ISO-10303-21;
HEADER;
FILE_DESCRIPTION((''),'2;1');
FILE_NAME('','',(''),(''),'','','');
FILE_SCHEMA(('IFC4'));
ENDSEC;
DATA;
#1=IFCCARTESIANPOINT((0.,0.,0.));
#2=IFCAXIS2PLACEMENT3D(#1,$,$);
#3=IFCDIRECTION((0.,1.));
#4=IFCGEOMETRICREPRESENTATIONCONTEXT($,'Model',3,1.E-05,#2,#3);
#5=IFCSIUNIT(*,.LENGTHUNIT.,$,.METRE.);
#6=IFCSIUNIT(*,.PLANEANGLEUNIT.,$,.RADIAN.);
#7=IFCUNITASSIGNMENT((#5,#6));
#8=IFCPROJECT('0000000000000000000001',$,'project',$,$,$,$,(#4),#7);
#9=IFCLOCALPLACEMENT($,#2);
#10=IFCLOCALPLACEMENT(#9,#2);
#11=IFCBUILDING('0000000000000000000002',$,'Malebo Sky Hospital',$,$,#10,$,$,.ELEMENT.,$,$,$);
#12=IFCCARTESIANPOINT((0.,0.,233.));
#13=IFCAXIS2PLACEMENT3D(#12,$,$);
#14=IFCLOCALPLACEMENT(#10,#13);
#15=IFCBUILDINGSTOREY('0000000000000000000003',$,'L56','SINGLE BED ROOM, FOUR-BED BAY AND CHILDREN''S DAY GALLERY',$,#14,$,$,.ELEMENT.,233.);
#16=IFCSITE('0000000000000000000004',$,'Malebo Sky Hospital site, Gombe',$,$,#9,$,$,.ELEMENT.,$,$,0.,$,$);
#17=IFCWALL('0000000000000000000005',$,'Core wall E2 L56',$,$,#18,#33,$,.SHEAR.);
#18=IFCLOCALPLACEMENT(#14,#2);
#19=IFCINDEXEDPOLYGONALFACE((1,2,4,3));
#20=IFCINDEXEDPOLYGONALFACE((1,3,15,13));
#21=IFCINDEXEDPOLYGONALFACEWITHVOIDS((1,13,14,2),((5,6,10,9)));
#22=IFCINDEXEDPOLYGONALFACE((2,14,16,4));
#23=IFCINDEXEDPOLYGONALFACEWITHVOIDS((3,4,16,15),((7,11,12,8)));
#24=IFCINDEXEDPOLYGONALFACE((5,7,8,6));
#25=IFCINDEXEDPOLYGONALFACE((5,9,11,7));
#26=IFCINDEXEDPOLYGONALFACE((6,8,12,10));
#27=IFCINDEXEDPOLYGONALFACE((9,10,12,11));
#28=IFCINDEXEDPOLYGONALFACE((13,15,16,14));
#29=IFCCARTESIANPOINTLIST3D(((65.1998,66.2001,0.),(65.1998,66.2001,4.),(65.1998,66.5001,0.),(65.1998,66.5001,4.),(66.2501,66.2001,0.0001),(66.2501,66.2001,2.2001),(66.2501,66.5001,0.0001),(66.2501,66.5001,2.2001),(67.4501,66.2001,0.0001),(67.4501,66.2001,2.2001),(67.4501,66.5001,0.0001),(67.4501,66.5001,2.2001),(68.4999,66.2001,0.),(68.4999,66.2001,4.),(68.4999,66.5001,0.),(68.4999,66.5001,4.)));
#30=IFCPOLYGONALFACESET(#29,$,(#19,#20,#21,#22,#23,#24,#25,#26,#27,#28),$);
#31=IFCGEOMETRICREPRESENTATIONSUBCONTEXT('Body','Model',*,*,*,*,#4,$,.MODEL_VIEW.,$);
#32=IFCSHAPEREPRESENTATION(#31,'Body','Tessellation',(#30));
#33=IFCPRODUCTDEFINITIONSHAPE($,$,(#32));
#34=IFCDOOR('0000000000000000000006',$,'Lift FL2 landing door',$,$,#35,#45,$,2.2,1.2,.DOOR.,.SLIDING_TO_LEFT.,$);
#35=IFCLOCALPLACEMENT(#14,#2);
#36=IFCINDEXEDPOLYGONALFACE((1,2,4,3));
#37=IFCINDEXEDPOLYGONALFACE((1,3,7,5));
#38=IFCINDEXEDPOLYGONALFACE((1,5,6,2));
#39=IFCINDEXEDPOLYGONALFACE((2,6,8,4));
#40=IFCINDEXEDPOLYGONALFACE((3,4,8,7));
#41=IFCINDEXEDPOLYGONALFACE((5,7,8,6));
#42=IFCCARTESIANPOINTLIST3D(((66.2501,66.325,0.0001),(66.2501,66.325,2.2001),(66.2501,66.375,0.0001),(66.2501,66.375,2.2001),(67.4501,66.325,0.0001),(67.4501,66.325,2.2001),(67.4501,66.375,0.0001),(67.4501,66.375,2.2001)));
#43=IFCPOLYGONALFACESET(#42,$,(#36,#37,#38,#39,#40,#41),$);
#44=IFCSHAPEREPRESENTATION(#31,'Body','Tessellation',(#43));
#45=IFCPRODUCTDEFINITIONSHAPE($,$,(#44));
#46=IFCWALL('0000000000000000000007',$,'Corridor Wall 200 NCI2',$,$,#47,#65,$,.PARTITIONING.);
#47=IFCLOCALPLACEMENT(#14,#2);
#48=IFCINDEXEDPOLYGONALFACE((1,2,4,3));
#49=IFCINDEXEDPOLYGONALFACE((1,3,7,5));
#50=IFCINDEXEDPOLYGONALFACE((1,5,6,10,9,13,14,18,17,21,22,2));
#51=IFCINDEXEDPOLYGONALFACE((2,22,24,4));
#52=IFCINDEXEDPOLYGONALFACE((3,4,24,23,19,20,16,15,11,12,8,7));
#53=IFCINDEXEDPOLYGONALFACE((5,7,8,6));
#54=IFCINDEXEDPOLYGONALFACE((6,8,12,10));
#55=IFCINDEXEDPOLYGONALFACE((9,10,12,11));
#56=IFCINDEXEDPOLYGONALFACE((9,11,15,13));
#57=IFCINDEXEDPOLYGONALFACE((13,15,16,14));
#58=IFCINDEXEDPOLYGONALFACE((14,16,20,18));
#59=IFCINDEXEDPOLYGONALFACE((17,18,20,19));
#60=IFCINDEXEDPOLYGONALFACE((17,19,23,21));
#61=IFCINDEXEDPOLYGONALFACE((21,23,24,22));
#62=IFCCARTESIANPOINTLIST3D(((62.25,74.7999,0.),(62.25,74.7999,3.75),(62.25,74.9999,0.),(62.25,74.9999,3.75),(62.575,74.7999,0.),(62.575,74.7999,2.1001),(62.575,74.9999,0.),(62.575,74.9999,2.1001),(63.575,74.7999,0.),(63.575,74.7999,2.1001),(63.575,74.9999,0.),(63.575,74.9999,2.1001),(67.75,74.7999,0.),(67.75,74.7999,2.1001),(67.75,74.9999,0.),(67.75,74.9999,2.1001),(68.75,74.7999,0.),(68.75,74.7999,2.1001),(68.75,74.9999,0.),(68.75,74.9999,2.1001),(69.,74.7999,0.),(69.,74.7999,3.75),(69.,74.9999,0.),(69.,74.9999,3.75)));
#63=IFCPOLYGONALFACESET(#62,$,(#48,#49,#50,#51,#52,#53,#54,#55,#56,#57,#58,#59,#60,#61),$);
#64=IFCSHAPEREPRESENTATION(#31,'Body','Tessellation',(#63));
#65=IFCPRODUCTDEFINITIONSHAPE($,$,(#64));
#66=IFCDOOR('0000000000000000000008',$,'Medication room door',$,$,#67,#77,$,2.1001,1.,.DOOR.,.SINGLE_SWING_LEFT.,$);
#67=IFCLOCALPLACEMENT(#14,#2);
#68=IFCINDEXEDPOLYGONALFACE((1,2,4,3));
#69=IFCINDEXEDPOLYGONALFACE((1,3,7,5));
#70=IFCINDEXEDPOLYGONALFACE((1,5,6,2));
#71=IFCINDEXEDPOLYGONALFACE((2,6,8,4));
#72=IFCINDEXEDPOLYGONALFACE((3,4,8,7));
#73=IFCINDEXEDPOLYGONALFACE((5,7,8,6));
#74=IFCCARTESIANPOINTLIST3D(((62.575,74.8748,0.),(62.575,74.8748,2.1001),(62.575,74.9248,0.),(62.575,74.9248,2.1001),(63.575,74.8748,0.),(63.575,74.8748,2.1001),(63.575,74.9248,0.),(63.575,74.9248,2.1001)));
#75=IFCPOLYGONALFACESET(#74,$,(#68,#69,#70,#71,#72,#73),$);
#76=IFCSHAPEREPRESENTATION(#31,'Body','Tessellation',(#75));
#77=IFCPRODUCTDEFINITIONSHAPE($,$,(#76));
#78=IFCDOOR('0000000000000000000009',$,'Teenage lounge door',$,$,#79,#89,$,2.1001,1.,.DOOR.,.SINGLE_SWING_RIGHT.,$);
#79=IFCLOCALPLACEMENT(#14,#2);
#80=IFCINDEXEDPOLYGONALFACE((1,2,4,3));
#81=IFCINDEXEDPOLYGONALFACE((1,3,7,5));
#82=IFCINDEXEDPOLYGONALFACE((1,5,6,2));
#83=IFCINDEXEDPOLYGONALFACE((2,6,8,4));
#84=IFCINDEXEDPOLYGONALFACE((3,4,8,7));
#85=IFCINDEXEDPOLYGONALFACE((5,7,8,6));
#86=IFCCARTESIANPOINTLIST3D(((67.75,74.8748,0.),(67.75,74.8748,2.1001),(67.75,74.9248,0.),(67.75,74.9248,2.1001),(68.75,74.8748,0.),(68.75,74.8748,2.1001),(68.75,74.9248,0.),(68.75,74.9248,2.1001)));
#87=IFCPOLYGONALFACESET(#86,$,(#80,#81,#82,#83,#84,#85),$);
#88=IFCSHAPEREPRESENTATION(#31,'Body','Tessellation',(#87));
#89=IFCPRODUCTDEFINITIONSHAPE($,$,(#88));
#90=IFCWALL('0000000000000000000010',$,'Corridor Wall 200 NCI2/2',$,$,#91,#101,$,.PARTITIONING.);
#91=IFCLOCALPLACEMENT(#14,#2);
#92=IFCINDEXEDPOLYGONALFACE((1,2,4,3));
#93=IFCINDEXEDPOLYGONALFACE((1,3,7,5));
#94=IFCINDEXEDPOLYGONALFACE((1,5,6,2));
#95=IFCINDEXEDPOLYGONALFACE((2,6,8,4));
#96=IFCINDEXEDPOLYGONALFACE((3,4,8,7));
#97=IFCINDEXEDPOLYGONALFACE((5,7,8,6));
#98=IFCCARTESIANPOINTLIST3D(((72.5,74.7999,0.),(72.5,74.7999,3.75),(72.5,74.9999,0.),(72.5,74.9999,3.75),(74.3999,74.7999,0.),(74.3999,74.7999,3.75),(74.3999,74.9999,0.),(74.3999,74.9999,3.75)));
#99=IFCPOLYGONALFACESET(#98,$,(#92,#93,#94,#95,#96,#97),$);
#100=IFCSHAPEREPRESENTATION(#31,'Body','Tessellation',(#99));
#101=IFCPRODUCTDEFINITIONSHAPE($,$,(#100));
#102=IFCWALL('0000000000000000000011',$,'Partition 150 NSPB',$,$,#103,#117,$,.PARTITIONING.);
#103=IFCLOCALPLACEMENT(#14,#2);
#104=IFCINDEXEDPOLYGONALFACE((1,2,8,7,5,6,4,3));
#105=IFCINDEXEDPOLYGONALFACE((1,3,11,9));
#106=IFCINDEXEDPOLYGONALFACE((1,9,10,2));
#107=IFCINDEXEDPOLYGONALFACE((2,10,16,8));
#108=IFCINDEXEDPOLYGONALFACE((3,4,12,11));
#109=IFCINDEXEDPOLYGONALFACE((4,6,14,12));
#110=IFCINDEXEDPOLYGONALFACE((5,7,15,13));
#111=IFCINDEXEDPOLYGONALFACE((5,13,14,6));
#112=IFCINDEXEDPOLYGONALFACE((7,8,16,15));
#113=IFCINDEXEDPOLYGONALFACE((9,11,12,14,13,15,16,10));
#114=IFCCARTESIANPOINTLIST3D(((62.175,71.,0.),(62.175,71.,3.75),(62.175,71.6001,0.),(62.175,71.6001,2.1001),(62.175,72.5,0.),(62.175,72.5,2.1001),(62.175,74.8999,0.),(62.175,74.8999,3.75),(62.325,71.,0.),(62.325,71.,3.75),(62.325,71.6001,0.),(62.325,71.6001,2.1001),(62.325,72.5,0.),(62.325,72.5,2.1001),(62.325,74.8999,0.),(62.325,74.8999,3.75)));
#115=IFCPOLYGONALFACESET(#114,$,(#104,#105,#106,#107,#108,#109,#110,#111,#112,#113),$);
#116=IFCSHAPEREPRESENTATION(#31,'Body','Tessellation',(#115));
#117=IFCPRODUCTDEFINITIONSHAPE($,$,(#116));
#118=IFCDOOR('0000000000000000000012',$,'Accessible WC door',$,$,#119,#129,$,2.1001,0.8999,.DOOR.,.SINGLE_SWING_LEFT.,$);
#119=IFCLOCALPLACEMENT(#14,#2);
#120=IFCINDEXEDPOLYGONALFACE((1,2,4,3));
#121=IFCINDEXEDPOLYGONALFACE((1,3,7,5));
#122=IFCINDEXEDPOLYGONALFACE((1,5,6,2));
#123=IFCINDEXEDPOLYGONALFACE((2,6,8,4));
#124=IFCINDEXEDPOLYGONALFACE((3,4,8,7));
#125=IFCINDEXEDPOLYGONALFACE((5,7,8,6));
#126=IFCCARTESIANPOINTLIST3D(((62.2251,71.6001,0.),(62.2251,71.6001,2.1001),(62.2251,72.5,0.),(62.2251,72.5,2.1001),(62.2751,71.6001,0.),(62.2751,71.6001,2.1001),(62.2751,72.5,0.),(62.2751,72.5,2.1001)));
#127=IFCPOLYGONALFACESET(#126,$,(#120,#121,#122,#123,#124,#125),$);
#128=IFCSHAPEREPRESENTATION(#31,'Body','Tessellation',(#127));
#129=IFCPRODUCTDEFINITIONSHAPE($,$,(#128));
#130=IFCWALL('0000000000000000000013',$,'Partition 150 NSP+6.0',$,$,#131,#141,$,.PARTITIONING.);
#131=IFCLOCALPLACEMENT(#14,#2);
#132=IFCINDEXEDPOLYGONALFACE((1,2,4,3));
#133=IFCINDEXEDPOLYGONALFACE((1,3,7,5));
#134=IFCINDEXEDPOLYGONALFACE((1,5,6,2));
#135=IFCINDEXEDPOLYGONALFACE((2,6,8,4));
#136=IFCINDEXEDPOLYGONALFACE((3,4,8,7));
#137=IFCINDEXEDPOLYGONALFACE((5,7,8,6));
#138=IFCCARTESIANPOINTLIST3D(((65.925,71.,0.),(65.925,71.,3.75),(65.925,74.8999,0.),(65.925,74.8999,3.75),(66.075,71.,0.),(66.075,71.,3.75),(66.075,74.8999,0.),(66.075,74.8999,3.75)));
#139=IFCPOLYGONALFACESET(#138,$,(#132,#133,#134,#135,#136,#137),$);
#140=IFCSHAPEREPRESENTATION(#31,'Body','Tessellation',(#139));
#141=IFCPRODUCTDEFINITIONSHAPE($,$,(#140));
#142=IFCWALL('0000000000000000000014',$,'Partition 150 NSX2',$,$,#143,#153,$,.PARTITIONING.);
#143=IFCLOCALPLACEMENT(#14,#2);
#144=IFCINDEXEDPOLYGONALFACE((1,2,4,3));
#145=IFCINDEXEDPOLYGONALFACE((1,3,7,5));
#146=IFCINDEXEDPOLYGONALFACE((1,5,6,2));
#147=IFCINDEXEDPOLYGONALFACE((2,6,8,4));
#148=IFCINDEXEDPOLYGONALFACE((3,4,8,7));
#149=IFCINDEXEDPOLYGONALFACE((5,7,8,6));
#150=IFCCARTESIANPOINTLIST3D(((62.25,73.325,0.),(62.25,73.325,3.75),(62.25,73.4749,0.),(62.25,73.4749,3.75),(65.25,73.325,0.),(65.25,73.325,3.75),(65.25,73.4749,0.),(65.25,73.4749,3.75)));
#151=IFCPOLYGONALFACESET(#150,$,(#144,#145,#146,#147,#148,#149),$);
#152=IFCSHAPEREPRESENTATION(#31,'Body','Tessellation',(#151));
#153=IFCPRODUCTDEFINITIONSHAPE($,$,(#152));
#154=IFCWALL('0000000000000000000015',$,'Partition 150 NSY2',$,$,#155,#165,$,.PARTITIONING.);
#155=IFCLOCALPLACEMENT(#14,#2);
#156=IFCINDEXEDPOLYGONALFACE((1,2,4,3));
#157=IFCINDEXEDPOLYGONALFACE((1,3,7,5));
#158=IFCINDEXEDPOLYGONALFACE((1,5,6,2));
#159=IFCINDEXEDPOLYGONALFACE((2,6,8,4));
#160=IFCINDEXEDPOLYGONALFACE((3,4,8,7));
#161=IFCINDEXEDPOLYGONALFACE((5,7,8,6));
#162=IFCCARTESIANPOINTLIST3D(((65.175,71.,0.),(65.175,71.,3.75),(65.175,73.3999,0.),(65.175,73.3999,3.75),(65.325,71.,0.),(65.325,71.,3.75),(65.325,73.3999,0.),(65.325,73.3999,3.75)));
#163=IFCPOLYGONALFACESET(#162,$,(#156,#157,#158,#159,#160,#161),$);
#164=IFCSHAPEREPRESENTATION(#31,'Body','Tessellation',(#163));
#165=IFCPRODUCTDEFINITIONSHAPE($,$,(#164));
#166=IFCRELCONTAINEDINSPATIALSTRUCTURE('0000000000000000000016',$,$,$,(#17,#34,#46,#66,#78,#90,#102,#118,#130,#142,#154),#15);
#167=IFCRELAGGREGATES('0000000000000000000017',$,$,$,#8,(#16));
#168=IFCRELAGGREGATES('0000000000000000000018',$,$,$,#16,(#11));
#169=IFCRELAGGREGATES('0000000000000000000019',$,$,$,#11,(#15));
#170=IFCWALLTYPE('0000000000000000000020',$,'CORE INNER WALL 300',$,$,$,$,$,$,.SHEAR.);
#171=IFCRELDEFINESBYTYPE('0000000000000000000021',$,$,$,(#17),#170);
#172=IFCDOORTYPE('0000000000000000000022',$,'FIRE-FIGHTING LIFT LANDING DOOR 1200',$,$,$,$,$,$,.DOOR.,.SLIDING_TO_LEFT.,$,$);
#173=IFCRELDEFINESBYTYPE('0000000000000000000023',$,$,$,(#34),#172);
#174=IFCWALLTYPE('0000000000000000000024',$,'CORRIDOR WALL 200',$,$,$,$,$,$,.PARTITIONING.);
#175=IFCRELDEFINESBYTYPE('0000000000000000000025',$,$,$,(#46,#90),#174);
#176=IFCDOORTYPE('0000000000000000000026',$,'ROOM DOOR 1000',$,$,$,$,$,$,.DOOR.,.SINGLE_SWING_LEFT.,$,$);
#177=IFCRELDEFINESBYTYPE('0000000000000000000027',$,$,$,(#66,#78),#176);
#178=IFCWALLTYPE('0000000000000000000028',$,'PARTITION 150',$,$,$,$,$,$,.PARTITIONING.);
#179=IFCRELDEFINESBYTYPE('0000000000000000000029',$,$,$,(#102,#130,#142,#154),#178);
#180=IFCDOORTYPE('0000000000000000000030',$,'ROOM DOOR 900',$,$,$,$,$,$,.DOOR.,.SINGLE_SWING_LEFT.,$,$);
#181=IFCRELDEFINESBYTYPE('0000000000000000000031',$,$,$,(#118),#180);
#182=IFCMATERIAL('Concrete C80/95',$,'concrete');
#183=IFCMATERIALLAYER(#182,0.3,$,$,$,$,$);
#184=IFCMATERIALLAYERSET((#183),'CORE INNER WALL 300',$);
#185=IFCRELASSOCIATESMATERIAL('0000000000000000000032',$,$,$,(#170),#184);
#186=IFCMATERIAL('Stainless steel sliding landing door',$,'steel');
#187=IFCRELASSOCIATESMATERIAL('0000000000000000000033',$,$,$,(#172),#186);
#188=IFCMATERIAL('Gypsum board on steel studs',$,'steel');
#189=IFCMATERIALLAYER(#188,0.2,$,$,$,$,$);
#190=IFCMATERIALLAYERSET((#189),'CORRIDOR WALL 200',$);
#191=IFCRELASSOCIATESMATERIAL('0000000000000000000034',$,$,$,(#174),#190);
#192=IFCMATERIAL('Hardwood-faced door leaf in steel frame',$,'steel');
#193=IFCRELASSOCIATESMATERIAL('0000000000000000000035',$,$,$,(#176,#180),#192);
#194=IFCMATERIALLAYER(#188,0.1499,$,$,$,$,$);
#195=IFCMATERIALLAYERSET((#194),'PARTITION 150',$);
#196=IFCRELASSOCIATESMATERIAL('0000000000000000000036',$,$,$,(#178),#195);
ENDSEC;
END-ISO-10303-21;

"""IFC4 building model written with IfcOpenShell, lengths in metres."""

from ifc_helpers import new_model, si_unit, direction, frame, frame_2d, origin, place, context, subcontext, project, spatial, rectangle, extrude, material, layer, layer_set, type_object, element, fill, save


model = new_model("IFC4")

# Units and contexts
model_context = context("Model", 3, precision=1e-05, world=origin(), true_north=direction((0.0, 1.0)))
body_context = subcontext(model_context, "Body", "Model", "MODEL_VIEW")
ifc_project = project(units=[si_unit("LENGTHUNIT", "METRE"), si_unit("PLANEANGLEUNIT", "RADIAN")], contexts=[model_context])

# Site, building, storey
site_placement = place(None, origin())
site = spatial("IfcSite", under=ifc_project, at=site_placement, Name="Malebo Sky Hospital site, Gombe", CompositionType="ELEMENT", RefElevation=0.0)
building_placement = place(site_placement, origin())
building = spatial("IfcBuilding", under=site, at=building_placement, Name="Malebo Sky Hospital", CompositionType="ELEMENT")
storey_placement = place(building_placement, frame((0.0, 0.0, 233.0)))
storey = spatial("IfcBuildingStorey", under=building, at=storey_placement, Name="L56", Description="SINGLE BED ROOM, FOUR-BED BAY AND CHILDREN'S DAY GALLERY", CompositionType="ELEMENT", Elevation=233.0)

# Shared definitions
ifc_material_1 = material(Name="Concrete C80/95", Category="concrete")

# Wall, opening, door
ifc_layer_1 = layer(ifc_material_1, 0.3)
ifc_layer_set_1 = layer_set([ifc_layer_1], Name="CORE INNER WALL 300")
wall_type_1 = type_object("IfcWallType", Name="CORE INNER WALL 300", PredefinedType="SHEAR", material=ifc_layer_set_1)
wall_1_placement = place(storey_placement, frame((65.2, 66.3501, 0.0), z_axis=(0.0, 0.0, 1.0), x_axis=(1.0, 0.0, 0.0)))
wall_1 = element("IfcWall", 1, at=wall_1_placement, inside=storey, type_object=wall_type_1, Name="Core wall E2 L56", PredefinedType="SHEAR", context=body_context, shape_type="SweptSolid", body=[
    extrude(rectangle(XDim=3.3, YDim=0.3, at=frame_2d((1.6499, 0.0))), origin(), (0.0, 0.0, 1.0), 4.0),
])
opening_1_placement = place(wall_1_placement, frame((1.05, 0.0, 0.0)))
opening_1 = element("IfcOpeningElement", 2, at=opening_1_placement, cuts=wall_1, PredefinedType="OPENING", context=body_context, shape_type="SweptSolid", body=[
    extrude(rectangle(XDim=1.2, YDim=2.2, at=frame_2d((0.6001, 1.1001))), frame((0.0, 0.1599, 0.0), z_axis=(0.0, -1.0, 0.0), x_axis=(1.0, 0.0, 0.0)), (0.0, 0.0, 1.0), 0.3201),
])
ifc_material_2 = material(Name="Stainless steel sliding landing door", Category="steel")
door_type_1 = type_object("IfcDoorType", Name="FIRE-FIGHTING LIFT LANDING DOOR 1200", OperationType="SLIDING_TO_LEFT", PredefinedType="DOOR", material=ifc_material_2)
door_1_placement = place(opening_1_placement, origin())
door_1 = element("IfcDoor", 3, at=door_1_placement, inside=storey, type_object=door_type_1, Name="Lift FL2 landing door", OperationType="SLIDING_TO_LEFT", OverallHeight=2.2, OverallWidth=1.2, PredefinedType="DOOR", context=body_context, shape_type="SweptSolid", body=[
    extrude(rectangle(XDim=1.2, YDim=2.2, at=frame_2d((0.6001, 1.1001))), frame((0.0, 0.0249, 0.0), z_axis=(0.0, -1.0, 0.0), x_axis=(1.0, 0.0, 0.0)), (0.0, 0.0, 1.0), 0.05),
])
fill(opening_1, door_1)

# Wall, openings, doors
ifc_material_3 = material(Name="Gypsum board on steel studs", Category="steel")
ifc_layer_2 = layer(ifc_material_3, 0.2)
ifc_layer_set_2 = layer_set([ifc_layer_2], Name="CORRIDOR WALL 200")
wall_type_2 = type_object("IfcWallType", Name="CORRIDOR WALL 200", PredefinedType="PARTITIONING", material=ifc_layer_set_2)
wall_2_placement = place(storey_placement, frame((62.25, 74.8999, 0.0), z_axis=(0.0, 0.0, 1.0), x_axis=(1.0, 0.0, 0.0)))
wall_2 = element("IfcWall", 4, at=wall_2_placement, inside=storey, type_object=wall_type_2, Name="Corridor Wall 200 NCI2", PredefinedType="PARTITIONING", context=body_context, shape_type="SweptSolid", body=[
    extrude(rectangle(XDim=6.75, YDim=0.2, at=frame_2d((3.375, 0.0))), origin(), (0.0, 0.0, 1.0), 3.75),
])
opening_2_placement = place(wall_2_placement, frame((0.325, 0.0, 0.0)))
opening_2 = element("IfcOpeningElement", 5, at=opening_2_placement, cuts=wall_2, PredefinedType="OPENING", context=body_context, shape_type="SweptSolid", body=[
    extrude(rectangle(XDim=1.0, YDim=2.1001, at=frame_2d((0.5, 1.05))), frame((0.0, 0.1099, 0.0), z_axis=(0.0, -1.0, 0.0), x_axis=(1.0, 0.0, 0.0)), (0.0, 0.0, 1.0), 0.22),
])
opening_3_placement = place(wall_2_placement, frame((5.5, 0.0, 0.0)))
opening_3 = element("IfcOpeningElement", 6, at=opening_3_placement, cuts=wall_2, PredefinedType="OPENING", context=body_context, shape_type="SweptSolid", body=[
    extrude(rectangle(XDim=1.0, YDim=2.1001, at=frame_2d((0.5, 1.05))), frame((0.0, 0.1099, 0.0), z_axis=(0.0, -1.0, 0.0), x_axis=(1.0, 0.0, 0.0)), (0.0, 0.0, 1.0), 0.22),
])
ifc_material_4 = material(Name="Hardwood-faced door leaf in steel frame", Category="steel")
door_type_2 = type_object("IfcDoorType", Name="ROOM DOOR 1000", OperationType="SINGLE_SWING_LEFT", PredefinedType="DOOR", material=ifc_material_4)
door_2_placement = place(opening_2_placement, origin())
door_2 = element("IfcDoor", 7, at=door_2_placement, inside=storey, type_object=door_type_2, Name="Medication room door", OperationType="SINGLE_SWING_LEFT", OverallHeight=2.1001, OverallWidth=1.0, PredefinedType="DOOR", context=body_context, shape_type="SweptSolid", body=[
    extrude(rectangle(XDim=1.0, YDim=2.1001, at=frame_2d((0.5, 1.05))), frame((0.0, 0.0249, 0.0), z_axis=(0.0, -1.0, 0.0), x_axis=(1.0, 0.0, 0.0)), (0.0, 0.0, 1.0), 0.05),
])
fill(opening_2, door_2)
door_3_placement = place(opening_3_placement, origin())
door_3 = element("IfcDoor", 8, at=door_3_placement, inside=storey, type_object=door_type_2, Name="Teenage lounge door", OperationType="SINGLE_SWING_RIGHT", OverallHeight=2.1001, OverallWidth=1.0, PredefinedType="DOOR", context=body_context, shape_type="SweptSolid", body=[
    extrude(rectangle(XDim=1.0, YDim=2.1001, at=frame_2d((0.5, 1.05))), frame((0.0, 0.0249, 0.0), z_axis=(0.0, -1.0, 0.0), x_axis=(1.0, 0.0, 0.0)), (0.0, 0.0, 1.0), 0.05),
])
fill(opening_3, door_3)

# Wall
wall_3_placement = place(storey_placement, frame((72.5, 74.8999, 0.0), z_axis=(0.0, 0.0, 1.0), x_axis=(1.0, 0.0, 0.0)))
element("IfcWall", 9, at=wall_3_placement, inside=storey, type_object=wall_type_2, Name="Corridor Wall 200 NCI2/2", PredefinedType="PARTITIONING", context=body_context, shape_type="SweptSolid", body=[
    extrude(rectangle(XDim=1.8999, YDim=0.2, at=frame_2d((0.95, 0.0))), origin(), (0.0, 0.0, 1.0), 3.75),
])

# Wall, opening, door
ifc_layer_3 = layer(ifc_material_3, 0.1499)
ifc_layer_set_3 = layer_set([ifc_layer_3], Name="PARTITION 150")
wall_type_3 = type_object("IfcWallType", Name="PARTITION 150", PredefinedType="PARTITIONING", material=ifc_layer_set_3)
wall_4_placement = place(storey_placement, frame((62.25, 71.0, 0.0), z_axis=(0.0, 0.0, 1.0), x_axis=(0.0, 1.0, 0.0)))
wall_4 = element("IfcWall", 10, at=wall_4_placement, inside=storey, type_object=wall_type_3, Name="Partition 150 NSPB", PredefinedType="PARTITIONING", context=body_context, shape_type="SweptSolid", body=[
    extrude(rectangle(XDim=3.8999, YDim=0.1499, at=frame_2d((1.95, 0.0))), origin(), (0.0, 0.0, 1.0), 3.75),
])
opening_4_placement = place(wall_4_placement, frame((0.6001, 0.0, 0.0)))
opening_4 = element("IfcOpeningElement", 11, at=opening_4_placement, cuts=wall_4, PredefinedType="OPENING", context=body_context, shape_type="SweptSolid", body=[
    extrude(rectangle(XDim=0.8999, YDim=2.1001, at=frame_2d((0.45, 1.05))), frame((0.0, 0.085, 0.0), z_axis=(0.0, -1.0, 0.0), x_axis=(1.0, 0.0, 0.0)), (0.0, 0.0, 1.0), 0.1699),
])
door_type_3 = type_object("IfcDoorType", Name="ROOM DOOR 900", OperationType="SINGLE_SWING_LEFT", PredefinedType="DOOR", material=ifc_material_4)
door_4_placement = place(opening_4_placement, origin())
door_4 = element("IfcDoor", 12, at=door_4_placement, inside=storey, type_object=door_type_3, Name="Accessible WC door", OperationType="SINGLE_SWING_LEFT", OverallHeight=2.1001, OverallWidth=0.8999, PredefinedType="DOOR", context=body_context, shape_type="SweptSolid", body=[
    extrude(rectangle(XDim=0.8999, YDim=2.1001, at=frame_2d((0.45, 1.05))), frame((0.0, 0.0249, 0.0), z_axis=(0.0, -1.0, 0.0), x_axis=(1.0, 0.0, 0.0)), (0.0, 0.0, 1.0), 0.05),
])
fill(opening_4, door_4)

# Walls
wall_5_placement = place(storey_placement, frame((66.0, 71.0, 0.0), z_axis=(0.0, 0.0, 1.0), x_axis=(0.0, 1.0, 0.0)))
element("IfcWall", 13, at=wall_5_placement, inside=storey, type_object=wall_type_3, Name="Partition 150 NSP+6.0", PredefinedType="PARTITIONING", context=body_context, shape_type="SweptSolid", body=[
    extrude(rectangle(XDim=3.8999, YDim=0.1499, at=frame_2d((1.95, 0.0))), origin(), (0.0, 0.0, 1.0), 3.75),
])
wall_6_placement = place(storey_placement, frame((62.25, 73.3999, 0.0), z_axis=(0.0, 0.0, 1.0), x_axis=(1.0, 0.0, 0.0)))
element("IfcWall", 14, at=wall_6_placement, inside=storey, type_object=wall_type_3, Name="Partition 150 NSX2", PredefinedType="PARTITIONING", context=body_context, shape_type="SweptSolid", body=[
    extrude(rectangle(XDim=3.0, YDim=0.1499, at=frame_2d((1.5, 0.0))), origin(), (0.0, 0.0, 1.0), 3.75),
])
wall_7_placement = place(storey_placement, frame((65.25, 71.0, 0.0), z_axis=(0.0, 0.0, 1.0), x_axis=(0.0, 1.0, 0.0)))
element("IfcWall", 15, at=wall_7_placement, inside=storey, type_object=wall_type_3, Name="Partition 150 NSY2", PredefinedType="PARTITIONING", context=body_context, shape_type="SweptSolid", body=[
    extrude(rectangle(XDim=2.3999, YDim=0.1499, at=frame_2d((1.2, 0.0))), origin(), (0.0, 0.0, 1.0), 3.75),
])

save(model, "model.ifc")
